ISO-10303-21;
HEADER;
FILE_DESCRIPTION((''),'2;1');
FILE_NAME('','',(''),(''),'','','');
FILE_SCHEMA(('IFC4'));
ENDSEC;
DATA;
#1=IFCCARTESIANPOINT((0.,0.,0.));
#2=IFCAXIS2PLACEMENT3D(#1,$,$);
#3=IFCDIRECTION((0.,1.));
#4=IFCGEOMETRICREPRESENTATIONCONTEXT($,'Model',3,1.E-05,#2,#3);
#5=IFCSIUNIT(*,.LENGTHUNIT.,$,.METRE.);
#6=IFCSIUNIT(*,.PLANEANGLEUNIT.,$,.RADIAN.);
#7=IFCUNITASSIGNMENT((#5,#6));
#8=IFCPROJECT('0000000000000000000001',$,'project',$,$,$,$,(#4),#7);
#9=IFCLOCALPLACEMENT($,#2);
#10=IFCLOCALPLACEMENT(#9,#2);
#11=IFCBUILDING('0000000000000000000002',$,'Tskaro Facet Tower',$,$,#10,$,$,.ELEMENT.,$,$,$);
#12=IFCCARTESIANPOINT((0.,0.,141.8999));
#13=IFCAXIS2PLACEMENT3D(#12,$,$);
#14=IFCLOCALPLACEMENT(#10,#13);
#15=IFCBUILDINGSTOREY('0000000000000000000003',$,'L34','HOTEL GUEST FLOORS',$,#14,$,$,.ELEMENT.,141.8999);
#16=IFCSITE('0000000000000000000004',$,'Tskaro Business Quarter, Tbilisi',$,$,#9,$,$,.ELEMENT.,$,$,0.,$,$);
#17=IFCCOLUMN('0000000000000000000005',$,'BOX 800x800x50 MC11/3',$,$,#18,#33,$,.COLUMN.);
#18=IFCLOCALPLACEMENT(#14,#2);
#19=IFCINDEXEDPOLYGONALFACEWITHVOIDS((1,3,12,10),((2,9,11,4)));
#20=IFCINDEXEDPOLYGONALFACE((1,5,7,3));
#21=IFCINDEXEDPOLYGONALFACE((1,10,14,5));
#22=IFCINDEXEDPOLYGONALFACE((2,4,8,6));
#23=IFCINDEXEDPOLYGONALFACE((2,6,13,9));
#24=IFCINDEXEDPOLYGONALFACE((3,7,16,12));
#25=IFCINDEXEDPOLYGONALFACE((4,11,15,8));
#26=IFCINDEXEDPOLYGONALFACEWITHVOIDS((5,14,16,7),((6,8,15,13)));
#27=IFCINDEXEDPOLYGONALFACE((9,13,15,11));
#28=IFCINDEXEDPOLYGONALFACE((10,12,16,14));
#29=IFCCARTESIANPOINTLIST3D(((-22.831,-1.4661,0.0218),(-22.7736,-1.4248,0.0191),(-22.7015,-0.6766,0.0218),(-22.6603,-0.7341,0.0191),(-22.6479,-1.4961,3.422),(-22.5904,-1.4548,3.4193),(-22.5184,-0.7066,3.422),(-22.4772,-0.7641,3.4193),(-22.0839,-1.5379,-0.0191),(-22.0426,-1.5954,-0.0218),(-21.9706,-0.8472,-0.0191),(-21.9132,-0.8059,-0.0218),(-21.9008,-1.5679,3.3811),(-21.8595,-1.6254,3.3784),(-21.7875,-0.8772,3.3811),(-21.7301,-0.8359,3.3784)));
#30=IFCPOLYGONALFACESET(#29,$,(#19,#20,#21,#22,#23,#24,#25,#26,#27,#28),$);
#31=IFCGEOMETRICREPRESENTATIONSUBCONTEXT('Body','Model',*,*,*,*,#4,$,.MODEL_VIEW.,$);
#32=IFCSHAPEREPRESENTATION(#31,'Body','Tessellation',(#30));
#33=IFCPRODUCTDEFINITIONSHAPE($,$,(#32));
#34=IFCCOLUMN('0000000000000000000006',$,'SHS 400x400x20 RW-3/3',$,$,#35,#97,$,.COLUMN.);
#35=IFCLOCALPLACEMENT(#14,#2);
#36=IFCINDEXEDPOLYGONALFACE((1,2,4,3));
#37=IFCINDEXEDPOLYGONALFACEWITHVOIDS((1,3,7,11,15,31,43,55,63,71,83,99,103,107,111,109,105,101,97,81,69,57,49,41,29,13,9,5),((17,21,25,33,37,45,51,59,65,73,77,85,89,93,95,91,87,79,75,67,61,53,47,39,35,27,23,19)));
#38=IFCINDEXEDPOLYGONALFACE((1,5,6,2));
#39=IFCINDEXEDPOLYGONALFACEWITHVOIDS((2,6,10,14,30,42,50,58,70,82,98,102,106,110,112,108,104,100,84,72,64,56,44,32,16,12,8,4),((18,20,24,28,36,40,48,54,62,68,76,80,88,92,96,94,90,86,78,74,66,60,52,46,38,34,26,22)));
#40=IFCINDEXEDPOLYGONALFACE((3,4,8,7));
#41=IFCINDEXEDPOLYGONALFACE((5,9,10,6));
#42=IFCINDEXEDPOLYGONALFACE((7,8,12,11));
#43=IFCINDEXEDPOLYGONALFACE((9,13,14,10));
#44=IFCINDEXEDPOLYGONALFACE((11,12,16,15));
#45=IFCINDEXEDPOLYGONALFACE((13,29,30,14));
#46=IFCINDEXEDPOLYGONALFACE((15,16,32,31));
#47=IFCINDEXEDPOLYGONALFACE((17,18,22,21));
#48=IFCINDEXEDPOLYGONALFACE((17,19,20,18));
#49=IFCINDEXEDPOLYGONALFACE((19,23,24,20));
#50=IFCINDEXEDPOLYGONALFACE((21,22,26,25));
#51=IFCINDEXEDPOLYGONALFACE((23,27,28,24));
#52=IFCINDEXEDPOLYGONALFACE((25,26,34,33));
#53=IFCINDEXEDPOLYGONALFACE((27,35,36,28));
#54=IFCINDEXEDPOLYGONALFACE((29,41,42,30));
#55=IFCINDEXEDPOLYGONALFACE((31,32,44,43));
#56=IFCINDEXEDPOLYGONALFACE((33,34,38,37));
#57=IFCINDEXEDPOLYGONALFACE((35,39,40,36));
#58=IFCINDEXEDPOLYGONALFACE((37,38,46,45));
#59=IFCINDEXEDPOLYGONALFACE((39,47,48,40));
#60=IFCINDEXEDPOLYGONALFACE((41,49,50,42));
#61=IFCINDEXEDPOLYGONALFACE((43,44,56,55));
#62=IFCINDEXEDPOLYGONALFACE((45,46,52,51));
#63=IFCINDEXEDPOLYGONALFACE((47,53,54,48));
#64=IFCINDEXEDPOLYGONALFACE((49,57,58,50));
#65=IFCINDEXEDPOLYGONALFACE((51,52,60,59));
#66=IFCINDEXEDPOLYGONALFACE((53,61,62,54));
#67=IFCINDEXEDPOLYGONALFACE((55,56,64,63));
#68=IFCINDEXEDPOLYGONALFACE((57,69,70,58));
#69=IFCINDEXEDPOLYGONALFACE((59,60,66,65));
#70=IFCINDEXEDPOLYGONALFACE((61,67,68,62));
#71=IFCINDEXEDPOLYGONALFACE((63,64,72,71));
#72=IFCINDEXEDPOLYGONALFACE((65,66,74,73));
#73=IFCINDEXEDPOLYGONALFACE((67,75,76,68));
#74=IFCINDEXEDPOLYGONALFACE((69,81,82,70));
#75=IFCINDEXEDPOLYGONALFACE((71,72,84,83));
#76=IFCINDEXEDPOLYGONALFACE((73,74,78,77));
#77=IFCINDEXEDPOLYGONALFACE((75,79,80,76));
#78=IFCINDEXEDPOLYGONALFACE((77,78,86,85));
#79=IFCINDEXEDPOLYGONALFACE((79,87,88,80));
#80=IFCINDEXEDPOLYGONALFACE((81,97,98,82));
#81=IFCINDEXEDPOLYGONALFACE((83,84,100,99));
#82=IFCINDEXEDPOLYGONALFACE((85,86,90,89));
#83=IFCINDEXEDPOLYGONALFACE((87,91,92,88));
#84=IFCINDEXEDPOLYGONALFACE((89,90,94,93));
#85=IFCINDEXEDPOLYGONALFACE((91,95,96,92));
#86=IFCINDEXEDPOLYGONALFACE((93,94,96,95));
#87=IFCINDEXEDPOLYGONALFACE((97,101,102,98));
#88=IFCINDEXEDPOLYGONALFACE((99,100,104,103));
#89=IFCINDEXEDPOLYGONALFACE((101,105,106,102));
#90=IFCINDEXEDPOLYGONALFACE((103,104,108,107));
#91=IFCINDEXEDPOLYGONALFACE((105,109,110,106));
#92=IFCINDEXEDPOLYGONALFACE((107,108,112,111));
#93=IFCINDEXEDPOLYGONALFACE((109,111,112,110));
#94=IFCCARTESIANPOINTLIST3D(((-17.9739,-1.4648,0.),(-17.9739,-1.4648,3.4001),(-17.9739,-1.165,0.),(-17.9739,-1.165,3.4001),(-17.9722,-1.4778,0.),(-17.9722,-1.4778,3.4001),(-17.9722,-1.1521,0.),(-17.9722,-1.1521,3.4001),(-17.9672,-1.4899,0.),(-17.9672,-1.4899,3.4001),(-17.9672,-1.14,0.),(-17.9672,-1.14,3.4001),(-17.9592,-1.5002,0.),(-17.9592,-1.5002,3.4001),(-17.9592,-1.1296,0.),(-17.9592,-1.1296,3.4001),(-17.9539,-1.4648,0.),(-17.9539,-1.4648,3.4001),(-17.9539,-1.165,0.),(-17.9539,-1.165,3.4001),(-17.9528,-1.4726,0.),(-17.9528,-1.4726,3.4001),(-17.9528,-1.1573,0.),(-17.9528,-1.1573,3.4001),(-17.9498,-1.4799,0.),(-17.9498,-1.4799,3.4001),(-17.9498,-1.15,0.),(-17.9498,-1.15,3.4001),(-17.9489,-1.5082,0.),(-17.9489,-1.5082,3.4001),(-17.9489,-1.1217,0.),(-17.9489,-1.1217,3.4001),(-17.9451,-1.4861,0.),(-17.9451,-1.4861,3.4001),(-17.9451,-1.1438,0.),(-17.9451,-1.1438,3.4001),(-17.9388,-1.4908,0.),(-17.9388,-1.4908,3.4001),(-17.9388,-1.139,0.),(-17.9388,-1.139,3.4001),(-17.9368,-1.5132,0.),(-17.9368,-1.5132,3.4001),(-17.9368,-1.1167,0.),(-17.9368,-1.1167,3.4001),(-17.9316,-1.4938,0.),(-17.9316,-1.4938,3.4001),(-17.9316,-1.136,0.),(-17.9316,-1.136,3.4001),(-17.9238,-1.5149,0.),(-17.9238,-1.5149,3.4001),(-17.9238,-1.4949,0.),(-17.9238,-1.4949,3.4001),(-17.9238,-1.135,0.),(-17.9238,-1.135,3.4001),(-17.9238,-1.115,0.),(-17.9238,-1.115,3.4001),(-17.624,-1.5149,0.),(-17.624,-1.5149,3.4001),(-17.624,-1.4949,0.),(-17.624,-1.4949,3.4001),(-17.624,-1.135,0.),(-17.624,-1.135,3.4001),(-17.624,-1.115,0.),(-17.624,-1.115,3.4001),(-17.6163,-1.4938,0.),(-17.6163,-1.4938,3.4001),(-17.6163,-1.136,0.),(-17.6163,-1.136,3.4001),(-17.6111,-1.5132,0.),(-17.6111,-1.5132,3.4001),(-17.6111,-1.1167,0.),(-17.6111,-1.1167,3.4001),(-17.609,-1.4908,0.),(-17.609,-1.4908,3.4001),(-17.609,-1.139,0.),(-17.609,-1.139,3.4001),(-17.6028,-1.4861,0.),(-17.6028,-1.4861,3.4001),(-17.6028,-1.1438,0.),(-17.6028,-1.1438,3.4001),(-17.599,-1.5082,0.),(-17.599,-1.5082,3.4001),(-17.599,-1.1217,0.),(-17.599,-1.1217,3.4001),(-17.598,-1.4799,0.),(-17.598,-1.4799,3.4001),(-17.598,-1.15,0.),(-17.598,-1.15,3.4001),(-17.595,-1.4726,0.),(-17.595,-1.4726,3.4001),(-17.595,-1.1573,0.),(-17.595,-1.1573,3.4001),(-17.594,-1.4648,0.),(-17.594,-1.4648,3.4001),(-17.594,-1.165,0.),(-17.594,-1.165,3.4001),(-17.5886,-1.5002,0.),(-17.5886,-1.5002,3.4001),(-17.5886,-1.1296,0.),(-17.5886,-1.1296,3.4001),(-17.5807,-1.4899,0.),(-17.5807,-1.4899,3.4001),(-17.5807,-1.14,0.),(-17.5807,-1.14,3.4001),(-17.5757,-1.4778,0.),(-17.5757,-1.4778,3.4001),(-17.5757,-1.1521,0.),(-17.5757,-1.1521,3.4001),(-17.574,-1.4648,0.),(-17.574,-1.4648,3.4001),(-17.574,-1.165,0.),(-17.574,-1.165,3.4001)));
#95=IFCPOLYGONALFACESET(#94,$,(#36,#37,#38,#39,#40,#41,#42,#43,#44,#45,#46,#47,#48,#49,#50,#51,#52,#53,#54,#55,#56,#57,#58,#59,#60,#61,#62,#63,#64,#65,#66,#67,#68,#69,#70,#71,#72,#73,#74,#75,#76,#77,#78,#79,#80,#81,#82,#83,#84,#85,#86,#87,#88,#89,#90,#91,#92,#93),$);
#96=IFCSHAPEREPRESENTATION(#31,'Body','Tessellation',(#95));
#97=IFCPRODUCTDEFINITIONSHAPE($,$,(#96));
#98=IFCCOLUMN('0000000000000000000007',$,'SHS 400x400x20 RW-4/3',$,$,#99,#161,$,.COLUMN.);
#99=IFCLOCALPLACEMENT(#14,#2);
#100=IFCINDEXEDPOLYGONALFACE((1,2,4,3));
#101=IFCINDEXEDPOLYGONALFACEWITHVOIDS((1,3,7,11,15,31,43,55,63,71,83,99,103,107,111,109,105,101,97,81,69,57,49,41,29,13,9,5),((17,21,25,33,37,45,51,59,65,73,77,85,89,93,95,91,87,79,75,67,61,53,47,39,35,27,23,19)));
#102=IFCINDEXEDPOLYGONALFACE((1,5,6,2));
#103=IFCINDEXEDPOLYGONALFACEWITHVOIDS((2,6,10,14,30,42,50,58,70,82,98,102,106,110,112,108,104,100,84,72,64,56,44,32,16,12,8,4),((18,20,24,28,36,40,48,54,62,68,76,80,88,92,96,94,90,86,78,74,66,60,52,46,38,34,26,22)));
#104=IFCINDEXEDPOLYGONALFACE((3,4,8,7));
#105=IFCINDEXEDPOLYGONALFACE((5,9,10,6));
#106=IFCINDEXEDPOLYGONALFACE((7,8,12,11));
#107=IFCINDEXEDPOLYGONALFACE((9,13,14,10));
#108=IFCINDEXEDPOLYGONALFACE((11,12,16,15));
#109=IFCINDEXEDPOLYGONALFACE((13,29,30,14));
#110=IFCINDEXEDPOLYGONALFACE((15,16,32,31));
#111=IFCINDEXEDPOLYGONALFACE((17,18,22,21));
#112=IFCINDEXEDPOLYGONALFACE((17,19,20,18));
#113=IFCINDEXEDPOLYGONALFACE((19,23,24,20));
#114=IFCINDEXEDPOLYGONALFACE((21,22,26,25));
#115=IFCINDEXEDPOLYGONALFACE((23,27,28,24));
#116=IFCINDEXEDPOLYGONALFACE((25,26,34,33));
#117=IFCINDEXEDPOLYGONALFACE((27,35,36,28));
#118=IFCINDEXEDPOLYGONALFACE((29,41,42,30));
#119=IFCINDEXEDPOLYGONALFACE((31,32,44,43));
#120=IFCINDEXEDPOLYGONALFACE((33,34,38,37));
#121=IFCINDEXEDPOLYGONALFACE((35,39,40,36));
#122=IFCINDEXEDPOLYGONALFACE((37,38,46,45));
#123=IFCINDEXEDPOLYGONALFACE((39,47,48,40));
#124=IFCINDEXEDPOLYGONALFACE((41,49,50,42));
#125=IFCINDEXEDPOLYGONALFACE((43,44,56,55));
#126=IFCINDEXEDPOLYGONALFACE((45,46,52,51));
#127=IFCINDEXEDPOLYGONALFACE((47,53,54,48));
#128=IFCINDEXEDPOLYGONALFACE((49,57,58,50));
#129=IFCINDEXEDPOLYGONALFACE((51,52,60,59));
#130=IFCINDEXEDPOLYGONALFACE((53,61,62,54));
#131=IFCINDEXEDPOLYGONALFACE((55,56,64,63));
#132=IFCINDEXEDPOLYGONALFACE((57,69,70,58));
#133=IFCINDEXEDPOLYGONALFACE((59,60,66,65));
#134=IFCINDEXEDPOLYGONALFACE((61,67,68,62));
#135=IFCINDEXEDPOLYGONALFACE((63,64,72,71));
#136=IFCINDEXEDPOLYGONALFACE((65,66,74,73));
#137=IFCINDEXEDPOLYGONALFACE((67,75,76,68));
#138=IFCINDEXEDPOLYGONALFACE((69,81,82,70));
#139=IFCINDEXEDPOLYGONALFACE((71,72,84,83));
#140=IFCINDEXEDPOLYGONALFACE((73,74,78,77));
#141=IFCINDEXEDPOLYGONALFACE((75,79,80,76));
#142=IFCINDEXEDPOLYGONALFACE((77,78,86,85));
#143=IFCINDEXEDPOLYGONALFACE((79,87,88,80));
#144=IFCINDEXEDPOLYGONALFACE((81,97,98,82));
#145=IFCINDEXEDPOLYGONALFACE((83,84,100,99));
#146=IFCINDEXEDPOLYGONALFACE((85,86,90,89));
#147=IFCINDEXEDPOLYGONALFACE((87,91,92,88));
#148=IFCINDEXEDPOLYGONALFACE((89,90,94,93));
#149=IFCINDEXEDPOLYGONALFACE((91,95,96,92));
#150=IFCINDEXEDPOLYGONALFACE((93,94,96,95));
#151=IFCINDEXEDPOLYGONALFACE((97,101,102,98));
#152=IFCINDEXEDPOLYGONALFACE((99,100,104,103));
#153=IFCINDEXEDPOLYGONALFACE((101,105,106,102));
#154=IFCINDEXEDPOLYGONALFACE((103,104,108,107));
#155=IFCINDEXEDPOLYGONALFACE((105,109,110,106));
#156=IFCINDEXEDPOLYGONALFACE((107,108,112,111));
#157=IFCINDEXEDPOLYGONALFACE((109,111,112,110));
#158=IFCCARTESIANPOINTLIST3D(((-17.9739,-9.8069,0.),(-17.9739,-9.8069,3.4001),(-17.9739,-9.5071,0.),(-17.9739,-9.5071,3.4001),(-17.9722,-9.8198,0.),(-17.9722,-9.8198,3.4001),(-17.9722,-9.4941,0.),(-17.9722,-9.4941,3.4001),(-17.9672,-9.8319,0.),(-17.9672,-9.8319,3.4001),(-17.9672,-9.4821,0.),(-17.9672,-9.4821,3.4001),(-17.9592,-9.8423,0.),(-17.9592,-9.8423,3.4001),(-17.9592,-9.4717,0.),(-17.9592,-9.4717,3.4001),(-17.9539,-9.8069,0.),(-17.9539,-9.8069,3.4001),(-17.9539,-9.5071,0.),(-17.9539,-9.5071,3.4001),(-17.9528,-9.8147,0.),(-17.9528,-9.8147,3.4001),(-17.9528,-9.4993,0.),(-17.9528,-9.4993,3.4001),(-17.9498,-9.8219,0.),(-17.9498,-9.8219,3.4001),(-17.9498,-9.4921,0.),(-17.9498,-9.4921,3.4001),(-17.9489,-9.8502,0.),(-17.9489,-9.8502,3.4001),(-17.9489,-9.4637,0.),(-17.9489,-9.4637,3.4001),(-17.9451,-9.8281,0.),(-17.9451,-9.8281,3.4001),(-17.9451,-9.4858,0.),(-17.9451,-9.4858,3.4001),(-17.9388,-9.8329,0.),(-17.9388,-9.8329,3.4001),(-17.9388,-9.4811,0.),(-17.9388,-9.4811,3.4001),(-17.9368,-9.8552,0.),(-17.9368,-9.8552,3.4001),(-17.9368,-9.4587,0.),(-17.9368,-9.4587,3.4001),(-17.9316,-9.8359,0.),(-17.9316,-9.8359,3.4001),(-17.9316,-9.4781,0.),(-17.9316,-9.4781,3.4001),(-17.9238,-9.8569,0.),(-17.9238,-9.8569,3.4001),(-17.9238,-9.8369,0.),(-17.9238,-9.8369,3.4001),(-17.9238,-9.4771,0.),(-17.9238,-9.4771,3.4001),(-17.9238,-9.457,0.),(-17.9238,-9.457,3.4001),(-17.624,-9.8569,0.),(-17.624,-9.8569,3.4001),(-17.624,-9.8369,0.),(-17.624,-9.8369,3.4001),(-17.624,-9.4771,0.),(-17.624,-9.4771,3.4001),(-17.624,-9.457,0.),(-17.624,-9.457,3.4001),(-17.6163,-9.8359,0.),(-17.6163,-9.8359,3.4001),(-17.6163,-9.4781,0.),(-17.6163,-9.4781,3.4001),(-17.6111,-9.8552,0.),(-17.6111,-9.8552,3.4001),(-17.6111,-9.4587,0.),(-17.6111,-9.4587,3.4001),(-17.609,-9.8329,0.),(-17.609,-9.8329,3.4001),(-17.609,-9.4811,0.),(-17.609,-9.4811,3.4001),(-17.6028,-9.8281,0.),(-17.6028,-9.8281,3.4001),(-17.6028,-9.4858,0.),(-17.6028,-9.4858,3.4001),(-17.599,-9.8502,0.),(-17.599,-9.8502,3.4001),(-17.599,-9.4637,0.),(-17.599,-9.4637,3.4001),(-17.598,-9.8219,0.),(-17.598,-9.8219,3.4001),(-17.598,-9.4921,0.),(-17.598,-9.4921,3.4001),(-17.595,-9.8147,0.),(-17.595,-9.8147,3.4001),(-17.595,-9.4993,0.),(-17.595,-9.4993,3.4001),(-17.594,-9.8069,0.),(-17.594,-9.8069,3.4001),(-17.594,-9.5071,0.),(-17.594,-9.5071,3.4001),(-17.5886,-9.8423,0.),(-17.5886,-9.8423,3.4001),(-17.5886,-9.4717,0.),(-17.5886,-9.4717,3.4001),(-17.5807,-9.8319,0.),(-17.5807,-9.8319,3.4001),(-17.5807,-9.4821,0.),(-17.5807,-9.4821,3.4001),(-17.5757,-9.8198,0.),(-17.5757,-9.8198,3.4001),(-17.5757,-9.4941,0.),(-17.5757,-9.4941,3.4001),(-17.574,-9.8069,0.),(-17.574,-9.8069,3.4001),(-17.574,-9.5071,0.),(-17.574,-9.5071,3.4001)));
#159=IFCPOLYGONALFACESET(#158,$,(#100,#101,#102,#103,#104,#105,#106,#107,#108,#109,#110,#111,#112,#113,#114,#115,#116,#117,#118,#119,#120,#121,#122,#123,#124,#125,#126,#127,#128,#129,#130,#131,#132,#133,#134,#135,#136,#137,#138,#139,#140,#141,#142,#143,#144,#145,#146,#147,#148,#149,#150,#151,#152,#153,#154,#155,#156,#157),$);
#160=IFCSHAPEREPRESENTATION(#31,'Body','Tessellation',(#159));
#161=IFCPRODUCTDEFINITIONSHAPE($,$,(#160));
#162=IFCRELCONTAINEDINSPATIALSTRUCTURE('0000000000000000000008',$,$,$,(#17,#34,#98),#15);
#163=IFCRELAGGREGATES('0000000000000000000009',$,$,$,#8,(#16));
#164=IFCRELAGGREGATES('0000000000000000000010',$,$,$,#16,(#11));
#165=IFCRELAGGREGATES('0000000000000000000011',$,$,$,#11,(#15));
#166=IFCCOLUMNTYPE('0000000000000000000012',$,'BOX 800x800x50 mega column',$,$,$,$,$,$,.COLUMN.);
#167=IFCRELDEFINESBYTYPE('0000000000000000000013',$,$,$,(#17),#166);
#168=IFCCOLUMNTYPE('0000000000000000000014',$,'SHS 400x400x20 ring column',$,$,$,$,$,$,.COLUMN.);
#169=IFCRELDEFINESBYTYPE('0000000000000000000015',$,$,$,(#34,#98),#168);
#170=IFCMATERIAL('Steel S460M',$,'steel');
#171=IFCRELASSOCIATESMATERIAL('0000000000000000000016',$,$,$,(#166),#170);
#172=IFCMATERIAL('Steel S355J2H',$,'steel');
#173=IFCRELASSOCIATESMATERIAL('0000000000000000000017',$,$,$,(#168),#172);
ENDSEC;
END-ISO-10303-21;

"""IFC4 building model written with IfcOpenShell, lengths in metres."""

from ifc_helpers import new_model, si_unit, direction, frame, origin, origin_2d, place, context, subcontext, project, spatial, hollow_rectangle, extrude, material, material_profile, profile_set, type_object, element, save


model = new_model("IFC4")

# Units and contexts
model_context = context("Model", 3, precision=1e-05, world=origin(), true_north=direction((0.0, 1.0)))
body_context = subcontext(model_context, "Body", "Model", "MODEL_VIEW")
ifc_project = project(units=[si_unit("LENGTHUNIT", "METRE"), si_unit("PLANEANGLEUNIT", "RADIAN")], contexts=[model_context])

# Site, building, storey
site_placement = place(None, origin())
site = spatial("IfcSite", under=ifc_project, at=site_placement, Name="Tskaro Business Quarter, Tbilisi", CompositionType="ELEMENT", RefElevation=0.0)
building_placement = place(site_placement, origin())
building = spatial("IfcBuilding", under=site, at=building_placement, Name="Tskaro Facet Tower", CompositionType="ELEMENT")
storey_placement = place(building_placement, frame((0.0, 0.0, 141.8999)))
storey = spatial("IfcBuildingStorey", under=building, at=storey_placement, Name="L34", Description="HOTEL GUEST FLOORS", CompositionType="ELEMENT", Elevation=141.8999)

# Columns
ifc_material_1 = material(Name="Steel S460M", Category="steel")
ifc_material_profile_1 = material_profile(ifc_material_1, hollow_rectangle(XDim=0.8, YDim=0.8, WallThickness=0.05, at=origin_2d()), Name="BOX 800x800x50")
ifc_profile_set_1 = profile_set([ifc_material_profile_1], Name="Steel S460M")
column_type_1 = type_object("IfcColumnType", Name="BOX 800x800x50 mega column", PredefinedType="COLUMN", material=ifc_profile_set_1)
column_placement = place(storey_placement, frame((-22.3721, -1.136, 0.0), z_axis=(0.053772, -0.008819, 0.998514), x_axis=(0.161838, 0.986817, 0.0)))
element("IfcColumn", 1, at=column_placement, inside=storey, type_object=column_type_1, Name="BOX 800x800x50 MC11/3", PredefinedType="COLUMN", context=body_context, shape_type="SweptSolid", body=[
    extrude(hollow_rectangle(XDim=0.8, YDim=0.8, WallThickness=0.05, at=origin_2d()), origin(), (0.0, 0.0, 1.0), 3.4053),
])
ifc_material_2 = material(Name="Steel S355J2H", Category="steel")
ifc_material_profile_2 = material_profile(ifc_material_2, hollow_rectangle(XDim=0.3999, YDim=0.3999, WallThickness=0.02, InnerFilletRadius=0.03, OuterFilletRadius=0.05, at=origin_2d()), Name="SHS 400x400x20")
ifc_profile_set_2 = profile_set([ifc_material_profile_2], Name="Steel S355J2H")
column_type_2 = type_object("IfcColumnType", Name="SHS 400x400x20 ring column", PredefinedType="COLUMN", material=ifc_profile_set_2)
for number, where, z_axis, x_axis, name in (
    (2, (-17.7739, -1.3149, 0.0), (0.0, 0.0, 1.0), (1.0, 0.0, 0.0), "SHS 400x400x20 RW-3/3"),
    (3, (-17.7739, -9.657, 0.0), (0.0, 0.0, 1.0), (1.0, 0.0, 0.0), "SHS 400x400x20 RW-4/3"),
):
    element("IfcColumn", number, at=place(storey_placement, frame(where, z_axis=z_axis, x_axis=x_axis)), inside=storey, type_object=column_type_2, Name=name, PredefinedType="COLUMN", context=body_context, shape_type="SweptSolid", body=[
        extrude(hollow_rectangle(XDim=0.3999, YDim=0.3999, WallThickness=0.02, InnerFilletRadius=0.03, OuterFilletRadius=0.05, at=origin_2d()), origin(), (0.0, 0.0, 1.0), 3.4001),
    ])

save(model, "model.ifc")
